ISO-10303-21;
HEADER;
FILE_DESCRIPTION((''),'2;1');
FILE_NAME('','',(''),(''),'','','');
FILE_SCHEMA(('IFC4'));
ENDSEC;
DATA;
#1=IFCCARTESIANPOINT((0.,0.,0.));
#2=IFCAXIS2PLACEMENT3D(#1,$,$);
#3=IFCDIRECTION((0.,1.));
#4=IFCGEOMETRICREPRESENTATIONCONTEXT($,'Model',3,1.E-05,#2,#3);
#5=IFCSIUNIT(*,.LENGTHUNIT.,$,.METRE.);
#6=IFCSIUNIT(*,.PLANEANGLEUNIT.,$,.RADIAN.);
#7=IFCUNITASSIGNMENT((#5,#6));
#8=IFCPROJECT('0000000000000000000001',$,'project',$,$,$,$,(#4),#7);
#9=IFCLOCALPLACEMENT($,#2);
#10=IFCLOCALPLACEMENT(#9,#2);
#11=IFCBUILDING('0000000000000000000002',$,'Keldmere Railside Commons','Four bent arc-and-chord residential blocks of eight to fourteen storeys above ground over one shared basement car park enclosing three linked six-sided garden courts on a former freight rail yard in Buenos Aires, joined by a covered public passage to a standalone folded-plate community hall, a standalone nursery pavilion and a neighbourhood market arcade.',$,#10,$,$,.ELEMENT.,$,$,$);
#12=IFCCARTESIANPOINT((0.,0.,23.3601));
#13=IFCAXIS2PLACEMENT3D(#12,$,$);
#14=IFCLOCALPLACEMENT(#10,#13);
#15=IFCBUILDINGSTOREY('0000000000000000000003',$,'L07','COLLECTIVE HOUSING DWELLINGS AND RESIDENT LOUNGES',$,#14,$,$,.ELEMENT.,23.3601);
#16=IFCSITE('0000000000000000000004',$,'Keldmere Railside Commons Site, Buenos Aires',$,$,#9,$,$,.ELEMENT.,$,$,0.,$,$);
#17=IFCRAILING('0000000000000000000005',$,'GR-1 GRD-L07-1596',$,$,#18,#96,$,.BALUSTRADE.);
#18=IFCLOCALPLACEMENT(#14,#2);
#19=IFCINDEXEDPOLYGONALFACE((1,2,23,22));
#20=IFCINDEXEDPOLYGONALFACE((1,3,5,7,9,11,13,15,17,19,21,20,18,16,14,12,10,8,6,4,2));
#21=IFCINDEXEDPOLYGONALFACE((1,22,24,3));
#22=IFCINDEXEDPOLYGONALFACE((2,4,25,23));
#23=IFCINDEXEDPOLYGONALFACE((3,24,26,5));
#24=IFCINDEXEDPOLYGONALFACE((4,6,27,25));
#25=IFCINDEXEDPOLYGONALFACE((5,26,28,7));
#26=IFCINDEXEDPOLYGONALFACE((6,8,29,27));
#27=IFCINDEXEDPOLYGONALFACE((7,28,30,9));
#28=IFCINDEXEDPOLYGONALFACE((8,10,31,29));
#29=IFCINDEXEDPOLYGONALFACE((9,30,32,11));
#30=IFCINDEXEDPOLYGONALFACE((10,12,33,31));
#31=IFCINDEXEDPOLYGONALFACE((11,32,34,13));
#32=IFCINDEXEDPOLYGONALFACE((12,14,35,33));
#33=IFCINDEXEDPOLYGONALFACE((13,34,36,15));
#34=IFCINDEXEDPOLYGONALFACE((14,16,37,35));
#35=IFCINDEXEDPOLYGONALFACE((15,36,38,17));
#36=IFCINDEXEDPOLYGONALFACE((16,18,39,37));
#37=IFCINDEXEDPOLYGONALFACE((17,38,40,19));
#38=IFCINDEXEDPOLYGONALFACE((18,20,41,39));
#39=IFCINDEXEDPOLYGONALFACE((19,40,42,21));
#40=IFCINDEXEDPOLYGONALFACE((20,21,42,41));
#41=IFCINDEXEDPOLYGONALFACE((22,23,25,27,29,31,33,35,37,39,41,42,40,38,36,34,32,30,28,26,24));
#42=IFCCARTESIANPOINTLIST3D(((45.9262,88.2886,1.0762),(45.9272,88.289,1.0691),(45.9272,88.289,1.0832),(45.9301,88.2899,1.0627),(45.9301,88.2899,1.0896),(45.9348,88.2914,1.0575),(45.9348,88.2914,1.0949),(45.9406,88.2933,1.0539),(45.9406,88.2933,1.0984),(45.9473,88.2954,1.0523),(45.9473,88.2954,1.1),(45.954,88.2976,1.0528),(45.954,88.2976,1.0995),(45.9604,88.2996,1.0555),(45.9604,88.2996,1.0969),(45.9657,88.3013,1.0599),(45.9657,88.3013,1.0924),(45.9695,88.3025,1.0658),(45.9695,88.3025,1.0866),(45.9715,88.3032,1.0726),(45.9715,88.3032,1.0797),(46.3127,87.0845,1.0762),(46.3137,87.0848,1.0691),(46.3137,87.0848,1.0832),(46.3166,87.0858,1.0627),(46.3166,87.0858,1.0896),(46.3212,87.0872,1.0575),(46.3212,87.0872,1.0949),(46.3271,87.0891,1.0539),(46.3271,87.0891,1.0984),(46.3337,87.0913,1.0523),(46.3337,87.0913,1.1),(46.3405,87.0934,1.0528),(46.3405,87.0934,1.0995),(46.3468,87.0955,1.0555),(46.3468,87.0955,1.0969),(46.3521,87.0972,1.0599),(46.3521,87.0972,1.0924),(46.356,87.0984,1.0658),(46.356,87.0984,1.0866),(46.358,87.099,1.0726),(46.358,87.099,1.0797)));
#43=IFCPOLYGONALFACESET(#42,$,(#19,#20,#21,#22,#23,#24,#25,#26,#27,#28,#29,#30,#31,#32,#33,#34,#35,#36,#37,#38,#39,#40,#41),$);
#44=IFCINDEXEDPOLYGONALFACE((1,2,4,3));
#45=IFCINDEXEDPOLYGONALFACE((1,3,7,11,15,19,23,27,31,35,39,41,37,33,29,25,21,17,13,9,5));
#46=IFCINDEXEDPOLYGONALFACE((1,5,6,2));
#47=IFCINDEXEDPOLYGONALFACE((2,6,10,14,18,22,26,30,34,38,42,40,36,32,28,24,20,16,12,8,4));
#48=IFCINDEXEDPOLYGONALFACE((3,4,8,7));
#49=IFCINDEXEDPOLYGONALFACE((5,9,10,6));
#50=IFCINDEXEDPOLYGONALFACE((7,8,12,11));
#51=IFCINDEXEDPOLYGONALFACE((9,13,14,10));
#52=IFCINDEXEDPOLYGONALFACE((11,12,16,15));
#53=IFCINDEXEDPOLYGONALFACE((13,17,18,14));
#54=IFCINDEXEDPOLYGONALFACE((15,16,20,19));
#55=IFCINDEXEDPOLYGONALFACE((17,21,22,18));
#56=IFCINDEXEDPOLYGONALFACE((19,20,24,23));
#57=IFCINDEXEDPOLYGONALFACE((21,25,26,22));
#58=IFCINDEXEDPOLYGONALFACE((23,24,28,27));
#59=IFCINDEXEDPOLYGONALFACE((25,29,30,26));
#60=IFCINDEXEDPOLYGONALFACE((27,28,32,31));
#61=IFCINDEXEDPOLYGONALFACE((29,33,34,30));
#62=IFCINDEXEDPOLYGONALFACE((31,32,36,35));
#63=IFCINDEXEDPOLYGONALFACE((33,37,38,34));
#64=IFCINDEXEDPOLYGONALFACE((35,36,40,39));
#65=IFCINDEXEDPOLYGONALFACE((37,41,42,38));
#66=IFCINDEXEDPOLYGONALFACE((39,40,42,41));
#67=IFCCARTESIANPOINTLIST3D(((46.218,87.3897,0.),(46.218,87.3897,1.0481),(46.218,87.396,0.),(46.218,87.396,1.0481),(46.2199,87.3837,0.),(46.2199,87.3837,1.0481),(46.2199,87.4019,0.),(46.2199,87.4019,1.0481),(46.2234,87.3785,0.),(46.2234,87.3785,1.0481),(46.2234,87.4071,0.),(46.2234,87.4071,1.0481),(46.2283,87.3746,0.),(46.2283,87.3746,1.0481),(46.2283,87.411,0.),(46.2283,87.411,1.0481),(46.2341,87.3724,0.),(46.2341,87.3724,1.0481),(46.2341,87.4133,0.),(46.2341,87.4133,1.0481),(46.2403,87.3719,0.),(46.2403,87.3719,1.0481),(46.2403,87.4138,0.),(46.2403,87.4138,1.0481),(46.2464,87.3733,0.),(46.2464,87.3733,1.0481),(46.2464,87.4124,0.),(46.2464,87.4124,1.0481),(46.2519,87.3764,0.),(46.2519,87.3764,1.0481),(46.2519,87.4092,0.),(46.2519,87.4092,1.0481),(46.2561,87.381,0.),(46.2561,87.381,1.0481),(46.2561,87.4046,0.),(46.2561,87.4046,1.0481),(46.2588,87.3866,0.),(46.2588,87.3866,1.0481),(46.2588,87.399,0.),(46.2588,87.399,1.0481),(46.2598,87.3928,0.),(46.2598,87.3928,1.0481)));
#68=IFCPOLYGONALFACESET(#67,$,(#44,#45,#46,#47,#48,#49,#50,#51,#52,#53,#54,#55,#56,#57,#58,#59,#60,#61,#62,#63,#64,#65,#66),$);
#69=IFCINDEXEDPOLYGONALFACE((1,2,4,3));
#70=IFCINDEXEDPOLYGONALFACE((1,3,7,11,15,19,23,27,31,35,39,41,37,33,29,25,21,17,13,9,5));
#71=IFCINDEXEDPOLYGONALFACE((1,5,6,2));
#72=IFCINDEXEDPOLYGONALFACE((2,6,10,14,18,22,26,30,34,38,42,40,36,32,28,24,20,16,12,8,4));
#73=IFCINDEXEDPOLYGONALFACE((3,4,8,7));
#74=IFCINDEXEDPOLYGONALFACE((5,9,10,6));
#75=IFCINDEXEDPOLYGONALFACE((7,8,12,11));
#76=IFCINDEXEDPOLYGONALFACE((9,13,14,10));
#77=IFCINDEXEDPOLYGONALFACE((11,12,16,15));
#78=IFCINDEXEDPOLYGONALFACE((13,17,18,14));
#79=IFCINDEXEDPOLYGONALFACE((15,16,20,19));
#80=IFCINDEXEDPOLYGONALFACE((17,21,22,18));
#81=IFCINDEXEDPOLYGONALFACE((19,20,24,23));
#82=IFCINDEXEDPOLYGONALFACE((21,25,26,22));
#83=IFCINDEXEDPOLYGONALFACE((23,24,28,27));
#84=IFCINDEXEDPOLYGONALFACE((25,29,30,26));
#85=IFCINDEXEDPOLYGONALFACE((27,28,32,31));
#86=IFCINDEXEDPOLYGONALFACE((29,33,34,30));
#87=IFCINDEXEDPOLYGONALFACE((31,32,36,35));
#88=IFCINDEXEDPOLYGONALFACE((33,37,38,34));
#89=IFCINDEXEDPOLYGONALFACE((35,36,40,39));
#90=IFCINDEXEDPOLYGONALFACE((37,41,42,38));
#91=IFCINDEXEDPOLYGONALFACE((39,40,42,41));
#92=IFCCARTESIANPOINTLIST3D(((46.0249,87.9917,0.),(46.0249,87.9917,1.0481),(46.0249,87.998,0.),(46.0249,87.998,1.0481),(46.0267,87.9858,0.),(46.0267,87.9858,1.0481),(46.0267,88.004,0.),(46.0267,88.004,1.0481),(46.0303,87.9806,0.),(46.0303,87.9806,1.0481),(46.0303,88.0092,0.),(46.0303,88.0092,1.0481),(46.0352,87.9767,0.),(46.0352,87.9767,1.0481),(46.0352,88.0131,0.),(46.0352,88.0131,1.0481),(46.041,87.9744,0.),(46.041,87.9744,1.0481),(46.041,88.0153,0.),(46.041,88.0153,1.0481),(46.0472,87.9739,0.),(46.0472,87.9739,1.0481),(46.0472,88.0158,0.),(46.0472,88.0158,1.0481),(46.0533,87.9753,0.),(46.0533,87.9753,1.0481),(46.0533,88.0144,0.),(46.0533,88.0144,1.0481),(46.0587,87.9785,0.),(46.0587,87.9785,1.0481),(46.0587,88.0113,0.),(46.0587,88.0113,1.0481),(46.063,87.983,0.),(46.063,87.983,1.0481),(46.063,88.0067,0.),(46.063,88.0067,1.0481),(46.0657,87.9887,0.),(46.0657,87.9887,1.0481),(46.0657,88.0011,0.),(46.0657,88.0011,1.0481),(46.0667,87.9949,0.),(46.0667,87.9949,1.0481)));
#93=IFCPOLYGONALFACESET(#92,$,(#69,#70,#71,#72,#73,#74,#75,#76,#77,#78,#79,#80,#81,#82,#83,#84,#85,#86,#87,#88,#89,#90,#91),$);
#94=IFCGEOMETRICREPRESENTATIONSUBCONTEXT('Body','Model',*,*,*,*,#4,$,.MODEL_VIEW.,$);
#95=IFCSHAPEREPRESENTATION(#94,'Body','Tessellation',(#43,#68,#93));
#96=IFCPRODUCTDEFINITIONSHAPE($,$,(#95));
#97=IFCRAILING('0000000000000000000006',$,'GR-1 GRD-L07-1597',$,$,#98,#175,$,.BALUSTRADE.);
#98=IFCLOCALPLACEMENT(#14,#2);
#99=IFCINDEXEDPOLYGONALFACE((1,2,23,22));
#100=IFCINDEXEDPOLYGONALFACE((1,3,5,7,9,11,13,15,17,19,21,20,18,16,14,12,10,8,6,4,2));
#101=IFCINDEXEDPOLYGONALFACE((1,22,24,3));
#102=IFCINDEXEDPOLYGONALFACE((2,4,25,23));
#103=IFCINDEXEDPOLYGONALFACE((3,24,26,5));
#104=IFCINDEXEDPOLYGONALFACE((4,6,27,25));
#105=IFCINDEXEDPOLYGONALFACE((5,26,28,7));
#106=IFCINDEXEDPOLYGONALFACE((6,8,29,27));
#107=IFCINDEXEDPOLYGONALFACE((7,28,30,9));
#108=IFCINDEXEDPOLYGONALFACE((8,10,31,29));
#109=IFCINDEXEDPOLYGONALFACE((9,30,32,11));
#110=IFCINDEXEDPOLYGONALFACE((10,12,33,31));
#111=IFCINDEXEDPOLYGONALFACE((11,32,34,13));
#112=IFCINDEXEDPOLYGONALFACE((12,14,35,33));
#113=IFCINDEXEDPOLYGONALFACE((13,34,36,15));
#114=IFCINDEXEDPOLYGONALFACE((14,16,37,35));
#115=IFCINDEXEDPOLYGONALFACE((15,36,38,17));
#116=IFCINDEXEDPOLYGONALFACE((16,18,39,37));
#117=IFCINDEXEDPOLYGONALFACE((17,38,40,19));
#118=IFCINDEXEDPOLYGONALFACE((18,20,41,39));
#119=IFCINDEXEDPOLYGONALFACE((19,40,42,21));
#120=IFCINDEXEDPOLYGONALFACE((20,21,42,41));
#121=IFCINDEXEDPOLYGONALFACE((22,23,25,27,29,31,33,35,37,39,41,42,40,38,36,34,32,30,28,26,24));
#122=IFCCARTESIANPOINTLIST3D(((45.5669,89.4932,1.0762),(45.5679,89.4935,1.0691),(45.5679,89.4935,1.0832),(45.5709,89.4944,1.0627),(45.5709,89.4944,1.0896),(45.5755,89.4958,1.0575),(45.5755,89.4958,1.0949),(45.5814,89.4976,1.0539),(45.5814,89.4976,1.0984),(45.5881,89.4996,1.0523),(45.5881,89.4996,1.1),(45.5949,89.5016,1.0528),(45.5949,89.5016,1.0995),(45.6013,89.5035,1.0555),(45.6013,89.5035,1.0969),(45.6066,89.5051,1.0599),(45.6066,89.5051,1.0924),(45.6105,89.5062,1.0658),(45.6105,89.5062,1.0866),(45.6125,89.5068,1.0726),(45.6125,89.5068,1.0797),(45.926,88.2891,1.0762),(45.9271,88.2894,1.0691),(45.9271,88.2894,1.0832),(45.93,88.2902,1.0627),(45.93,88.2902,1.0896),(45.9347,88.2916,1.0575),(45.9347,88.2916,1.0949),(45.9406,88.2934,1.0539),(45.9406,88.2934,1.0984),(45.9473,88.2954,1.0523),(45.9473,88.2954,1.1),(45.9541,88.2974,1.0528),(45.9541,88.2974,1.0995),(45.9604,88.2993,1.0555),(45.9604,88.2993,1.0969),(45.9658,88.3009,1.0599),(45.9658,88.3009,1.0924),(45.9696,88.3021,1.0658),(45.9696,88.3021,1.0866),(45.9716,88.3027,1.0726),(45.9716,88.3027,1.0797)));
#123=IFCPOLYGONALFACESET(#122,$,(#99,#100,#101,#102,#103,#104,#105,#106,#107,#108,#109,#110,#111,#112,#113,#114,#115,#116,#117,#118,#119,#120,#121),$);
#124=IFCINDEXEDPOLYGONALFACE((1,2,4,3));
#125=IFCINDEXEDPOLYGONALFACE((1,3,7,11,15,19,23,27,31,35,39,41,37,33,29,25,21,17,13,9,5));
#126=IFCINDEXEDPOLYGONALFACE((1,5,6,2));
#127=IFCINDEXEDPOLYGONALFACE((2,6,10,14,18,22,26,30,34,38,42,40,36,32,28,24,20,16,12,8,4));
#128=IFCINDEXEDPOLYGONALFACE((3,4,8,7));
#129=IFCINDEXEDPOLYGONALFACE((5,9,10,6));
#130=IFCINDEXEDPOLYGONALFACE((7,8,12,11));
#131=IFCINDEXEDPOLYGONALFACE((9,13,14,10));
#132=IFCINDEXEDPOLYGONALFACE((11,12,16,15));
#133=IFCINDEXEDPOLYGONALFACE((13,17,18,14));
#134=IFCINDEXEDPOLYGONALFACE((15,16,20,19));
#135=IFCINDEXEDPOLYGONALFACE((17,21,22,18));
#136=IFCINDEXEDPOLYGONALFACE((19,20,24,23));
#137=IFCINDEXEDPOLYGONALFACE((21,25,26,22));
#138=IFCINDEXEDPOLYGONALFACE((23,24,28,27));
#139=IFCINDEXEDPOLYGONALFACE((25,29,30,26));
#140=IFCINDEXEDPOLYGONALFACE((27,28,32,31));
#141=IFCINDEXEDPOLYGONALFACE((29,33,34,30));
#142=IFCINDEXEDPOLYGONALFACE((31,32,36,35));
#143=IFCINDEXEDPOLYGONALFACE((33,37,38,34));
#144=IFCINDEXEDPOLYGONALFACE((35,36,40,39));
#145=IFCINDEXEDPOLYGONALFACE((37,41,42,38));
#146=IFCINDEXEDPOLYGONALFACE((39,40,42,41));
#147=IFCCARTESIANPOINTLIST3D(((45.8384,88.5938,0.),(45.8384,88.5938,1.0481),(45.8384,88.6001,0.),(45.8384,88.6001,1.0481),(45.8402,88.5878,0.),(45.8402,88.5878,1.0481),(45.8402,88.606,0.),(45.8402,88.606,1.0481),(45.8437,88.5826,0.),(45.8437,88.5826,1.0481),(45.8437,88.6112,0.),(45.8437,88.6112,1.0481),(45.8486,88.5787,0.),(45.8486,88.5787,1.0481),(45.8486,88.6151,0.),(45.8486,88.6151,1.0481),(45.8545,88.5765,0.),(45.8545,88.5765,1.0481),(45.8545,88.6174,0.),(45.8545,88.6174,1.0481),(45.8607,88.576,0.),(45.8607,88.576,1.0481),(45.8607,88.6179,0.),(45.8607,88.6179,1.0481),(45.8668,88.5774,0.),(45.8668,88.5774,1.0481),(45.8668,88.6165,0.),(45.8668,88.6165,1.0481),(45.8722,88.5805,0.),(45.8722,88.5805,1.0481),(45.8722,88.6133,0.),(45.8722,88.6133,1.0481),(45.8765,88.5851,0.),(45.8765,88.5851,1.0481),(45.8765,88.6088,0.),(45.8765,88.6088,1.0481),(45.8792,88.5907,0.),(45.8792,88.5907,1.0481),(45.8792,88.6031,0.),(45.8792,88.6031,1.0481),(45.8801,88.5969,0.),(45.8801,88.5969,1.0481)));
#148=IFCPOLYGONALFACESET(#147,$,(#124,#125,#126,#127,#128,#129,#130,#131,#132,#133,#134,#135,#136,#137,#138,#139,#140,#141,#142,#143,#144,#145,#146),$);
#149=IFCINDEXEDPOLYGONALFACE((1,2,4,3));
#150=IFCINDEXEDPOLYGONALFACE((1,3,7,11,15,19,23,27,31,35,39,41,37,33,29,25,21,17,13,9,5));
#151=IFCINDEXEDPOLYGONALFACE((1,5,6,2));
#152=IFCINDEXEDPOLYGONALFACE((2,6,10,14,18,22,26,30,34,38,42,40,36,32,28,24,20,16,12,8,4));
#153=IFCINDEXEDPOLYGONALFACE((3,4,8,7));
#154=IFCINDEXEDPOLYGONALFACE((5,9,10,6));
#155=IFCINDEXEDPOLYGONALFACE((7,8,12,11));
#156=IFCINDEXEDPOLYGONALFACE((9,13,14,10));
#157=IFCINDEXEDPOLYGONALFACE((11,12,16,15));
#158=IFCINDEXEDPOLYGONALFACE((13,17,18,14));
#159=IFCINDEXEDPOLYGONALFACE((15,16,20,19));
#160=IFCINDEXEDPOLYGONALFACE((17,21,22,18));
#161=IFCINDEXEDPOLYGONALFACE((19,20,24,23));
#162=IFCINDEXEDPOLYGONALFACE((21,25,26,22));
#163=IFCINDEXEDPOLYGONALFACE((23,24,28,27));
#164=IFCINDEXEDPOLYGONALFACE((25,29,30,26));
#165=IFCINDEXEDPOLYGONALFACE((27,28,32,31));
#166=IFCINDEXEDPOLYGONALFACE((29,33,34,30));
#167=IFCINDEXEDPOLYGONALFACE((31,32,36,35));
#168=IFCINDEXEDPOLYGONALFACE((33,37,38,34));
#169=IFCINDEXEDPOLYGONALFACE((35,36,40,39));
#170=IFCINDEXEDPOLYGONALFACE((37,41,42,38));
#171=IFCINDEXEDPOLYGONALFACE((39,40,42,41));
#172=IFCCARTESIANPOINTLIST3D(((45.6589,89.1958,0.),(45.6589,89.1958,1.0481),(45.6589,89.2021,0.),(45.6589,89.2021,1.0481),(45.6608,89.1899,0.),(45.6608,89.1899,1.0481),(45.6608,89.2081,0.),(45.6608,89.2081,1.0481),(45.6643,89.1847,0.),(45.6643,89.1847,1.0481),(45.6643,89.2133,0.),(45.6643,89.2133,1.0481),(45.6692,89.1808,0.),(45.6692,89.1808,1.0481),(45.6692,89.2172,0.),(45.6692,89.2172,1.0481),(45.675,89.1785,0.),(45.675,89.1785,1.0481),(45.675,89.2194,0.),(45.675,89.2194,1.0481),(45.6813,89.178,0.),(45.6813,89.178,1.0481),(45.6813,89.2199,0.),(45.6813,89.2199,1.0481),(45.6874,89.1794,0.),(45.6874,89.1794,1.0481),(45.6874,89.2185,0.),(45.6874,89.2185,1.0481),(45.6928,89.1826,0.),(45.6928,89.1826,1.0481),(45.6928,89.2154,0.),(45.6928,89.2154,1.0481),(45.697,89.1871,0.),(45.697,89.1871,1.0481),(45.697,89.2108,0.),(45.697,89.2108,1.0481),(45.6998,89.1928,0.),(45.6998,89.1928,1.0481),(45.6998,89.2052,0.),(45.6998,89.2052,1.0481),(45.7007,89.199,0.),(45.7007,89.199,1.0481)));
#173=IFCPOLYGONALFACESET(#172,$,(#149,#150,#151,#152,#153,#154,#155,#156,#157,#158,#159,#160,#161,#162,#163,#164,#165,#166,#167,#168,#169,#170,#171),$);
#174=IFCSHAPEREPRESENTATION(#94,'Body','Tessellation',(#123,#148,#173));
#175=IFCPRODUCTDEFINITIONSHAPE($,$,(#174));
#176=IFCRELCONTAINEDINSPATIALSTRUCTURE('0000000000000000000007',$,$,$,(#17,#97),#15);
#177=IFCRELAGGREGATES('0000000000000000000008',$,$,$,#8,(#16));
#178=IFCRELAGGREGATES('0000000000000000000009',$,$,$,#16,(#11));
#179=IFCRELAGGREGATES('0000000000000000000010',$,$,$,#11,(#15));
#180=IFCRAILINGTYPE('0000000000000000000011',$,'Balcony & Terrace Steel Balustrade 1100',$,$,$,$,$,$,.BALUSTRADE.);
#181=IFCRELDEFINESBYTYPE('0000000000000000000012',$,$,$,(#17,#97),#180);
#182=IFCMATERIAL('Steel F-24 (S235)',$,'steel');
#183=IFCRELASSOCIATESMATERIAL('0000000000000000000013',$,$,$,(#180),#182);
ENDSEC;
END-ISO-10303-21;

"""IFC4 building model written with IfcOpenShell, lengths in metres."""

from ifc_helpers import new_model, si_unit, direction, frame, origin, origin_2d, place, context, subcontext, project, spatial, circle, extrude, material, type_object, element, save


model = new_model("IFC4")

# Units and contexts
model_context = context("Model", 3, precision=1e-05, world=origin(), true_north=direction((0.0, 1.0)))
body_context = subcontext(model_context, "Body", "Model", "MODEL_VIEW")
ifc_project = project(units=[si_unit("LENGTHUNIT", "METRE"), si_unit("PLANEANGLEUNIT", "RADIAN")], contexts=[model_context])

# Site, building, storey
site_placement = place(None, origin())
site = spatial("IfcSite", under=ifc_project, at=site_placement, Name="Keldmere Railside Commons Site, Buenos Aires", CompositionType="ELEMENT", RefElevation=0.0)
building_placement = place(site_placement, origin())
building = spatial("IfcBuilding", under=site, at=building_placement, Name="Keldmere Railside Commons", Description="Four bent arc-and-chord residential blocks of eight to fourteen storeys above ground over one shared basement car park enclosing three linked six-sided garden courts on a former freight rail yard in Buenos Aires, joined by a covered public passage to a standalone folded-plate community hall, a standalone nursery pavilion and a neighbourhood market arcade.", CompositionType="ELEMENT")
storey_placement = place(building_placement, frame((0.0, 0.0, 23.3601)))
storey = spatial("IfcBuildingStorey", under=building, at=storey_placement, Name="L07", Description="COLLECTIVE HOUSING DWELLINGS AND RESIDENT LOUNGES", CompositionType="ELEMENT", Elevation=23.3601)

# Railings
ifc_material_1 = material(Name="Steel F-24 (S235)", Category="steel")
railing_type = type_object("IfcRailingType", Name="Balcony & Terrace Steel Balustrade 1100", PredefinedType="BALUSTRADE", material=ifc_material_1)
railing_1_placement = place(storey_placement, frame((46.3354, 87.0918, 0.0)))
element("IfcRailing", 1, at=railing_1_placement, inside=storey, type_object=railing_type, Name="GR-1 GRD-L07-1596", PredefinedType="BALUSTRADE", context=body_context, shape_type="SweptSolid", body=[
    extrude(circle(Radius=0.0239, at=origin_2d()), frame((0.0, 0.0, 1.0762), z_axis=(-0.305609, 0.952157, 0.0), x_axis=(-0.952157, -0.305609, 0.0)), (0.0, 0.0, 1.0), 1.2646),
    extrude(circle(Radius=0.021, at=origin_2d()), frame((-0.0967, 0.301, 0.0)), (0.0, 0.0, 1.0), 1.0481),
    extrude(circle(Radius=0.021, at=origin_2d()), frame((-0.2898, 0.9031, 0.0)), (0.0, 0.0, 1.0), 1.0481),
])
railing_2_placement = place(storey_placement, frame((45.949, 88.2959, 0.0)))
element("IfcRailing", 2, at=railing_2_placement, inside=storey, type_object=railing_type, Name="GR-1 GRD-L07-1597", PredefinedType="BALUSTRADE", context=body_context, shape_type="SweptSolid", body=[
    extrude(circle(Radius=0.0239, at=origin_2d()), frame((0.0, 0.0, 1.0762), z_axis=(-0.285815, 0.958285, 0.0), x_axis=(-0.958285, -0.285815, 0.0)), (0.0, 0.0, 1.0), 1.2566),
    extrude(circle(Radius=0.021, at=origin_2d()), frame((-0.0898, 0.301, 0.0)), (0.0, 0.0, 1.0), 1.0481),
    extrude(circle(Radius=0.021, at=origin_2d()), frame((-0.2693, 0.9031, 0.0)), (0.0, 0.0, 1.0), 1.0481),
])

save(model, "model.ifc")
